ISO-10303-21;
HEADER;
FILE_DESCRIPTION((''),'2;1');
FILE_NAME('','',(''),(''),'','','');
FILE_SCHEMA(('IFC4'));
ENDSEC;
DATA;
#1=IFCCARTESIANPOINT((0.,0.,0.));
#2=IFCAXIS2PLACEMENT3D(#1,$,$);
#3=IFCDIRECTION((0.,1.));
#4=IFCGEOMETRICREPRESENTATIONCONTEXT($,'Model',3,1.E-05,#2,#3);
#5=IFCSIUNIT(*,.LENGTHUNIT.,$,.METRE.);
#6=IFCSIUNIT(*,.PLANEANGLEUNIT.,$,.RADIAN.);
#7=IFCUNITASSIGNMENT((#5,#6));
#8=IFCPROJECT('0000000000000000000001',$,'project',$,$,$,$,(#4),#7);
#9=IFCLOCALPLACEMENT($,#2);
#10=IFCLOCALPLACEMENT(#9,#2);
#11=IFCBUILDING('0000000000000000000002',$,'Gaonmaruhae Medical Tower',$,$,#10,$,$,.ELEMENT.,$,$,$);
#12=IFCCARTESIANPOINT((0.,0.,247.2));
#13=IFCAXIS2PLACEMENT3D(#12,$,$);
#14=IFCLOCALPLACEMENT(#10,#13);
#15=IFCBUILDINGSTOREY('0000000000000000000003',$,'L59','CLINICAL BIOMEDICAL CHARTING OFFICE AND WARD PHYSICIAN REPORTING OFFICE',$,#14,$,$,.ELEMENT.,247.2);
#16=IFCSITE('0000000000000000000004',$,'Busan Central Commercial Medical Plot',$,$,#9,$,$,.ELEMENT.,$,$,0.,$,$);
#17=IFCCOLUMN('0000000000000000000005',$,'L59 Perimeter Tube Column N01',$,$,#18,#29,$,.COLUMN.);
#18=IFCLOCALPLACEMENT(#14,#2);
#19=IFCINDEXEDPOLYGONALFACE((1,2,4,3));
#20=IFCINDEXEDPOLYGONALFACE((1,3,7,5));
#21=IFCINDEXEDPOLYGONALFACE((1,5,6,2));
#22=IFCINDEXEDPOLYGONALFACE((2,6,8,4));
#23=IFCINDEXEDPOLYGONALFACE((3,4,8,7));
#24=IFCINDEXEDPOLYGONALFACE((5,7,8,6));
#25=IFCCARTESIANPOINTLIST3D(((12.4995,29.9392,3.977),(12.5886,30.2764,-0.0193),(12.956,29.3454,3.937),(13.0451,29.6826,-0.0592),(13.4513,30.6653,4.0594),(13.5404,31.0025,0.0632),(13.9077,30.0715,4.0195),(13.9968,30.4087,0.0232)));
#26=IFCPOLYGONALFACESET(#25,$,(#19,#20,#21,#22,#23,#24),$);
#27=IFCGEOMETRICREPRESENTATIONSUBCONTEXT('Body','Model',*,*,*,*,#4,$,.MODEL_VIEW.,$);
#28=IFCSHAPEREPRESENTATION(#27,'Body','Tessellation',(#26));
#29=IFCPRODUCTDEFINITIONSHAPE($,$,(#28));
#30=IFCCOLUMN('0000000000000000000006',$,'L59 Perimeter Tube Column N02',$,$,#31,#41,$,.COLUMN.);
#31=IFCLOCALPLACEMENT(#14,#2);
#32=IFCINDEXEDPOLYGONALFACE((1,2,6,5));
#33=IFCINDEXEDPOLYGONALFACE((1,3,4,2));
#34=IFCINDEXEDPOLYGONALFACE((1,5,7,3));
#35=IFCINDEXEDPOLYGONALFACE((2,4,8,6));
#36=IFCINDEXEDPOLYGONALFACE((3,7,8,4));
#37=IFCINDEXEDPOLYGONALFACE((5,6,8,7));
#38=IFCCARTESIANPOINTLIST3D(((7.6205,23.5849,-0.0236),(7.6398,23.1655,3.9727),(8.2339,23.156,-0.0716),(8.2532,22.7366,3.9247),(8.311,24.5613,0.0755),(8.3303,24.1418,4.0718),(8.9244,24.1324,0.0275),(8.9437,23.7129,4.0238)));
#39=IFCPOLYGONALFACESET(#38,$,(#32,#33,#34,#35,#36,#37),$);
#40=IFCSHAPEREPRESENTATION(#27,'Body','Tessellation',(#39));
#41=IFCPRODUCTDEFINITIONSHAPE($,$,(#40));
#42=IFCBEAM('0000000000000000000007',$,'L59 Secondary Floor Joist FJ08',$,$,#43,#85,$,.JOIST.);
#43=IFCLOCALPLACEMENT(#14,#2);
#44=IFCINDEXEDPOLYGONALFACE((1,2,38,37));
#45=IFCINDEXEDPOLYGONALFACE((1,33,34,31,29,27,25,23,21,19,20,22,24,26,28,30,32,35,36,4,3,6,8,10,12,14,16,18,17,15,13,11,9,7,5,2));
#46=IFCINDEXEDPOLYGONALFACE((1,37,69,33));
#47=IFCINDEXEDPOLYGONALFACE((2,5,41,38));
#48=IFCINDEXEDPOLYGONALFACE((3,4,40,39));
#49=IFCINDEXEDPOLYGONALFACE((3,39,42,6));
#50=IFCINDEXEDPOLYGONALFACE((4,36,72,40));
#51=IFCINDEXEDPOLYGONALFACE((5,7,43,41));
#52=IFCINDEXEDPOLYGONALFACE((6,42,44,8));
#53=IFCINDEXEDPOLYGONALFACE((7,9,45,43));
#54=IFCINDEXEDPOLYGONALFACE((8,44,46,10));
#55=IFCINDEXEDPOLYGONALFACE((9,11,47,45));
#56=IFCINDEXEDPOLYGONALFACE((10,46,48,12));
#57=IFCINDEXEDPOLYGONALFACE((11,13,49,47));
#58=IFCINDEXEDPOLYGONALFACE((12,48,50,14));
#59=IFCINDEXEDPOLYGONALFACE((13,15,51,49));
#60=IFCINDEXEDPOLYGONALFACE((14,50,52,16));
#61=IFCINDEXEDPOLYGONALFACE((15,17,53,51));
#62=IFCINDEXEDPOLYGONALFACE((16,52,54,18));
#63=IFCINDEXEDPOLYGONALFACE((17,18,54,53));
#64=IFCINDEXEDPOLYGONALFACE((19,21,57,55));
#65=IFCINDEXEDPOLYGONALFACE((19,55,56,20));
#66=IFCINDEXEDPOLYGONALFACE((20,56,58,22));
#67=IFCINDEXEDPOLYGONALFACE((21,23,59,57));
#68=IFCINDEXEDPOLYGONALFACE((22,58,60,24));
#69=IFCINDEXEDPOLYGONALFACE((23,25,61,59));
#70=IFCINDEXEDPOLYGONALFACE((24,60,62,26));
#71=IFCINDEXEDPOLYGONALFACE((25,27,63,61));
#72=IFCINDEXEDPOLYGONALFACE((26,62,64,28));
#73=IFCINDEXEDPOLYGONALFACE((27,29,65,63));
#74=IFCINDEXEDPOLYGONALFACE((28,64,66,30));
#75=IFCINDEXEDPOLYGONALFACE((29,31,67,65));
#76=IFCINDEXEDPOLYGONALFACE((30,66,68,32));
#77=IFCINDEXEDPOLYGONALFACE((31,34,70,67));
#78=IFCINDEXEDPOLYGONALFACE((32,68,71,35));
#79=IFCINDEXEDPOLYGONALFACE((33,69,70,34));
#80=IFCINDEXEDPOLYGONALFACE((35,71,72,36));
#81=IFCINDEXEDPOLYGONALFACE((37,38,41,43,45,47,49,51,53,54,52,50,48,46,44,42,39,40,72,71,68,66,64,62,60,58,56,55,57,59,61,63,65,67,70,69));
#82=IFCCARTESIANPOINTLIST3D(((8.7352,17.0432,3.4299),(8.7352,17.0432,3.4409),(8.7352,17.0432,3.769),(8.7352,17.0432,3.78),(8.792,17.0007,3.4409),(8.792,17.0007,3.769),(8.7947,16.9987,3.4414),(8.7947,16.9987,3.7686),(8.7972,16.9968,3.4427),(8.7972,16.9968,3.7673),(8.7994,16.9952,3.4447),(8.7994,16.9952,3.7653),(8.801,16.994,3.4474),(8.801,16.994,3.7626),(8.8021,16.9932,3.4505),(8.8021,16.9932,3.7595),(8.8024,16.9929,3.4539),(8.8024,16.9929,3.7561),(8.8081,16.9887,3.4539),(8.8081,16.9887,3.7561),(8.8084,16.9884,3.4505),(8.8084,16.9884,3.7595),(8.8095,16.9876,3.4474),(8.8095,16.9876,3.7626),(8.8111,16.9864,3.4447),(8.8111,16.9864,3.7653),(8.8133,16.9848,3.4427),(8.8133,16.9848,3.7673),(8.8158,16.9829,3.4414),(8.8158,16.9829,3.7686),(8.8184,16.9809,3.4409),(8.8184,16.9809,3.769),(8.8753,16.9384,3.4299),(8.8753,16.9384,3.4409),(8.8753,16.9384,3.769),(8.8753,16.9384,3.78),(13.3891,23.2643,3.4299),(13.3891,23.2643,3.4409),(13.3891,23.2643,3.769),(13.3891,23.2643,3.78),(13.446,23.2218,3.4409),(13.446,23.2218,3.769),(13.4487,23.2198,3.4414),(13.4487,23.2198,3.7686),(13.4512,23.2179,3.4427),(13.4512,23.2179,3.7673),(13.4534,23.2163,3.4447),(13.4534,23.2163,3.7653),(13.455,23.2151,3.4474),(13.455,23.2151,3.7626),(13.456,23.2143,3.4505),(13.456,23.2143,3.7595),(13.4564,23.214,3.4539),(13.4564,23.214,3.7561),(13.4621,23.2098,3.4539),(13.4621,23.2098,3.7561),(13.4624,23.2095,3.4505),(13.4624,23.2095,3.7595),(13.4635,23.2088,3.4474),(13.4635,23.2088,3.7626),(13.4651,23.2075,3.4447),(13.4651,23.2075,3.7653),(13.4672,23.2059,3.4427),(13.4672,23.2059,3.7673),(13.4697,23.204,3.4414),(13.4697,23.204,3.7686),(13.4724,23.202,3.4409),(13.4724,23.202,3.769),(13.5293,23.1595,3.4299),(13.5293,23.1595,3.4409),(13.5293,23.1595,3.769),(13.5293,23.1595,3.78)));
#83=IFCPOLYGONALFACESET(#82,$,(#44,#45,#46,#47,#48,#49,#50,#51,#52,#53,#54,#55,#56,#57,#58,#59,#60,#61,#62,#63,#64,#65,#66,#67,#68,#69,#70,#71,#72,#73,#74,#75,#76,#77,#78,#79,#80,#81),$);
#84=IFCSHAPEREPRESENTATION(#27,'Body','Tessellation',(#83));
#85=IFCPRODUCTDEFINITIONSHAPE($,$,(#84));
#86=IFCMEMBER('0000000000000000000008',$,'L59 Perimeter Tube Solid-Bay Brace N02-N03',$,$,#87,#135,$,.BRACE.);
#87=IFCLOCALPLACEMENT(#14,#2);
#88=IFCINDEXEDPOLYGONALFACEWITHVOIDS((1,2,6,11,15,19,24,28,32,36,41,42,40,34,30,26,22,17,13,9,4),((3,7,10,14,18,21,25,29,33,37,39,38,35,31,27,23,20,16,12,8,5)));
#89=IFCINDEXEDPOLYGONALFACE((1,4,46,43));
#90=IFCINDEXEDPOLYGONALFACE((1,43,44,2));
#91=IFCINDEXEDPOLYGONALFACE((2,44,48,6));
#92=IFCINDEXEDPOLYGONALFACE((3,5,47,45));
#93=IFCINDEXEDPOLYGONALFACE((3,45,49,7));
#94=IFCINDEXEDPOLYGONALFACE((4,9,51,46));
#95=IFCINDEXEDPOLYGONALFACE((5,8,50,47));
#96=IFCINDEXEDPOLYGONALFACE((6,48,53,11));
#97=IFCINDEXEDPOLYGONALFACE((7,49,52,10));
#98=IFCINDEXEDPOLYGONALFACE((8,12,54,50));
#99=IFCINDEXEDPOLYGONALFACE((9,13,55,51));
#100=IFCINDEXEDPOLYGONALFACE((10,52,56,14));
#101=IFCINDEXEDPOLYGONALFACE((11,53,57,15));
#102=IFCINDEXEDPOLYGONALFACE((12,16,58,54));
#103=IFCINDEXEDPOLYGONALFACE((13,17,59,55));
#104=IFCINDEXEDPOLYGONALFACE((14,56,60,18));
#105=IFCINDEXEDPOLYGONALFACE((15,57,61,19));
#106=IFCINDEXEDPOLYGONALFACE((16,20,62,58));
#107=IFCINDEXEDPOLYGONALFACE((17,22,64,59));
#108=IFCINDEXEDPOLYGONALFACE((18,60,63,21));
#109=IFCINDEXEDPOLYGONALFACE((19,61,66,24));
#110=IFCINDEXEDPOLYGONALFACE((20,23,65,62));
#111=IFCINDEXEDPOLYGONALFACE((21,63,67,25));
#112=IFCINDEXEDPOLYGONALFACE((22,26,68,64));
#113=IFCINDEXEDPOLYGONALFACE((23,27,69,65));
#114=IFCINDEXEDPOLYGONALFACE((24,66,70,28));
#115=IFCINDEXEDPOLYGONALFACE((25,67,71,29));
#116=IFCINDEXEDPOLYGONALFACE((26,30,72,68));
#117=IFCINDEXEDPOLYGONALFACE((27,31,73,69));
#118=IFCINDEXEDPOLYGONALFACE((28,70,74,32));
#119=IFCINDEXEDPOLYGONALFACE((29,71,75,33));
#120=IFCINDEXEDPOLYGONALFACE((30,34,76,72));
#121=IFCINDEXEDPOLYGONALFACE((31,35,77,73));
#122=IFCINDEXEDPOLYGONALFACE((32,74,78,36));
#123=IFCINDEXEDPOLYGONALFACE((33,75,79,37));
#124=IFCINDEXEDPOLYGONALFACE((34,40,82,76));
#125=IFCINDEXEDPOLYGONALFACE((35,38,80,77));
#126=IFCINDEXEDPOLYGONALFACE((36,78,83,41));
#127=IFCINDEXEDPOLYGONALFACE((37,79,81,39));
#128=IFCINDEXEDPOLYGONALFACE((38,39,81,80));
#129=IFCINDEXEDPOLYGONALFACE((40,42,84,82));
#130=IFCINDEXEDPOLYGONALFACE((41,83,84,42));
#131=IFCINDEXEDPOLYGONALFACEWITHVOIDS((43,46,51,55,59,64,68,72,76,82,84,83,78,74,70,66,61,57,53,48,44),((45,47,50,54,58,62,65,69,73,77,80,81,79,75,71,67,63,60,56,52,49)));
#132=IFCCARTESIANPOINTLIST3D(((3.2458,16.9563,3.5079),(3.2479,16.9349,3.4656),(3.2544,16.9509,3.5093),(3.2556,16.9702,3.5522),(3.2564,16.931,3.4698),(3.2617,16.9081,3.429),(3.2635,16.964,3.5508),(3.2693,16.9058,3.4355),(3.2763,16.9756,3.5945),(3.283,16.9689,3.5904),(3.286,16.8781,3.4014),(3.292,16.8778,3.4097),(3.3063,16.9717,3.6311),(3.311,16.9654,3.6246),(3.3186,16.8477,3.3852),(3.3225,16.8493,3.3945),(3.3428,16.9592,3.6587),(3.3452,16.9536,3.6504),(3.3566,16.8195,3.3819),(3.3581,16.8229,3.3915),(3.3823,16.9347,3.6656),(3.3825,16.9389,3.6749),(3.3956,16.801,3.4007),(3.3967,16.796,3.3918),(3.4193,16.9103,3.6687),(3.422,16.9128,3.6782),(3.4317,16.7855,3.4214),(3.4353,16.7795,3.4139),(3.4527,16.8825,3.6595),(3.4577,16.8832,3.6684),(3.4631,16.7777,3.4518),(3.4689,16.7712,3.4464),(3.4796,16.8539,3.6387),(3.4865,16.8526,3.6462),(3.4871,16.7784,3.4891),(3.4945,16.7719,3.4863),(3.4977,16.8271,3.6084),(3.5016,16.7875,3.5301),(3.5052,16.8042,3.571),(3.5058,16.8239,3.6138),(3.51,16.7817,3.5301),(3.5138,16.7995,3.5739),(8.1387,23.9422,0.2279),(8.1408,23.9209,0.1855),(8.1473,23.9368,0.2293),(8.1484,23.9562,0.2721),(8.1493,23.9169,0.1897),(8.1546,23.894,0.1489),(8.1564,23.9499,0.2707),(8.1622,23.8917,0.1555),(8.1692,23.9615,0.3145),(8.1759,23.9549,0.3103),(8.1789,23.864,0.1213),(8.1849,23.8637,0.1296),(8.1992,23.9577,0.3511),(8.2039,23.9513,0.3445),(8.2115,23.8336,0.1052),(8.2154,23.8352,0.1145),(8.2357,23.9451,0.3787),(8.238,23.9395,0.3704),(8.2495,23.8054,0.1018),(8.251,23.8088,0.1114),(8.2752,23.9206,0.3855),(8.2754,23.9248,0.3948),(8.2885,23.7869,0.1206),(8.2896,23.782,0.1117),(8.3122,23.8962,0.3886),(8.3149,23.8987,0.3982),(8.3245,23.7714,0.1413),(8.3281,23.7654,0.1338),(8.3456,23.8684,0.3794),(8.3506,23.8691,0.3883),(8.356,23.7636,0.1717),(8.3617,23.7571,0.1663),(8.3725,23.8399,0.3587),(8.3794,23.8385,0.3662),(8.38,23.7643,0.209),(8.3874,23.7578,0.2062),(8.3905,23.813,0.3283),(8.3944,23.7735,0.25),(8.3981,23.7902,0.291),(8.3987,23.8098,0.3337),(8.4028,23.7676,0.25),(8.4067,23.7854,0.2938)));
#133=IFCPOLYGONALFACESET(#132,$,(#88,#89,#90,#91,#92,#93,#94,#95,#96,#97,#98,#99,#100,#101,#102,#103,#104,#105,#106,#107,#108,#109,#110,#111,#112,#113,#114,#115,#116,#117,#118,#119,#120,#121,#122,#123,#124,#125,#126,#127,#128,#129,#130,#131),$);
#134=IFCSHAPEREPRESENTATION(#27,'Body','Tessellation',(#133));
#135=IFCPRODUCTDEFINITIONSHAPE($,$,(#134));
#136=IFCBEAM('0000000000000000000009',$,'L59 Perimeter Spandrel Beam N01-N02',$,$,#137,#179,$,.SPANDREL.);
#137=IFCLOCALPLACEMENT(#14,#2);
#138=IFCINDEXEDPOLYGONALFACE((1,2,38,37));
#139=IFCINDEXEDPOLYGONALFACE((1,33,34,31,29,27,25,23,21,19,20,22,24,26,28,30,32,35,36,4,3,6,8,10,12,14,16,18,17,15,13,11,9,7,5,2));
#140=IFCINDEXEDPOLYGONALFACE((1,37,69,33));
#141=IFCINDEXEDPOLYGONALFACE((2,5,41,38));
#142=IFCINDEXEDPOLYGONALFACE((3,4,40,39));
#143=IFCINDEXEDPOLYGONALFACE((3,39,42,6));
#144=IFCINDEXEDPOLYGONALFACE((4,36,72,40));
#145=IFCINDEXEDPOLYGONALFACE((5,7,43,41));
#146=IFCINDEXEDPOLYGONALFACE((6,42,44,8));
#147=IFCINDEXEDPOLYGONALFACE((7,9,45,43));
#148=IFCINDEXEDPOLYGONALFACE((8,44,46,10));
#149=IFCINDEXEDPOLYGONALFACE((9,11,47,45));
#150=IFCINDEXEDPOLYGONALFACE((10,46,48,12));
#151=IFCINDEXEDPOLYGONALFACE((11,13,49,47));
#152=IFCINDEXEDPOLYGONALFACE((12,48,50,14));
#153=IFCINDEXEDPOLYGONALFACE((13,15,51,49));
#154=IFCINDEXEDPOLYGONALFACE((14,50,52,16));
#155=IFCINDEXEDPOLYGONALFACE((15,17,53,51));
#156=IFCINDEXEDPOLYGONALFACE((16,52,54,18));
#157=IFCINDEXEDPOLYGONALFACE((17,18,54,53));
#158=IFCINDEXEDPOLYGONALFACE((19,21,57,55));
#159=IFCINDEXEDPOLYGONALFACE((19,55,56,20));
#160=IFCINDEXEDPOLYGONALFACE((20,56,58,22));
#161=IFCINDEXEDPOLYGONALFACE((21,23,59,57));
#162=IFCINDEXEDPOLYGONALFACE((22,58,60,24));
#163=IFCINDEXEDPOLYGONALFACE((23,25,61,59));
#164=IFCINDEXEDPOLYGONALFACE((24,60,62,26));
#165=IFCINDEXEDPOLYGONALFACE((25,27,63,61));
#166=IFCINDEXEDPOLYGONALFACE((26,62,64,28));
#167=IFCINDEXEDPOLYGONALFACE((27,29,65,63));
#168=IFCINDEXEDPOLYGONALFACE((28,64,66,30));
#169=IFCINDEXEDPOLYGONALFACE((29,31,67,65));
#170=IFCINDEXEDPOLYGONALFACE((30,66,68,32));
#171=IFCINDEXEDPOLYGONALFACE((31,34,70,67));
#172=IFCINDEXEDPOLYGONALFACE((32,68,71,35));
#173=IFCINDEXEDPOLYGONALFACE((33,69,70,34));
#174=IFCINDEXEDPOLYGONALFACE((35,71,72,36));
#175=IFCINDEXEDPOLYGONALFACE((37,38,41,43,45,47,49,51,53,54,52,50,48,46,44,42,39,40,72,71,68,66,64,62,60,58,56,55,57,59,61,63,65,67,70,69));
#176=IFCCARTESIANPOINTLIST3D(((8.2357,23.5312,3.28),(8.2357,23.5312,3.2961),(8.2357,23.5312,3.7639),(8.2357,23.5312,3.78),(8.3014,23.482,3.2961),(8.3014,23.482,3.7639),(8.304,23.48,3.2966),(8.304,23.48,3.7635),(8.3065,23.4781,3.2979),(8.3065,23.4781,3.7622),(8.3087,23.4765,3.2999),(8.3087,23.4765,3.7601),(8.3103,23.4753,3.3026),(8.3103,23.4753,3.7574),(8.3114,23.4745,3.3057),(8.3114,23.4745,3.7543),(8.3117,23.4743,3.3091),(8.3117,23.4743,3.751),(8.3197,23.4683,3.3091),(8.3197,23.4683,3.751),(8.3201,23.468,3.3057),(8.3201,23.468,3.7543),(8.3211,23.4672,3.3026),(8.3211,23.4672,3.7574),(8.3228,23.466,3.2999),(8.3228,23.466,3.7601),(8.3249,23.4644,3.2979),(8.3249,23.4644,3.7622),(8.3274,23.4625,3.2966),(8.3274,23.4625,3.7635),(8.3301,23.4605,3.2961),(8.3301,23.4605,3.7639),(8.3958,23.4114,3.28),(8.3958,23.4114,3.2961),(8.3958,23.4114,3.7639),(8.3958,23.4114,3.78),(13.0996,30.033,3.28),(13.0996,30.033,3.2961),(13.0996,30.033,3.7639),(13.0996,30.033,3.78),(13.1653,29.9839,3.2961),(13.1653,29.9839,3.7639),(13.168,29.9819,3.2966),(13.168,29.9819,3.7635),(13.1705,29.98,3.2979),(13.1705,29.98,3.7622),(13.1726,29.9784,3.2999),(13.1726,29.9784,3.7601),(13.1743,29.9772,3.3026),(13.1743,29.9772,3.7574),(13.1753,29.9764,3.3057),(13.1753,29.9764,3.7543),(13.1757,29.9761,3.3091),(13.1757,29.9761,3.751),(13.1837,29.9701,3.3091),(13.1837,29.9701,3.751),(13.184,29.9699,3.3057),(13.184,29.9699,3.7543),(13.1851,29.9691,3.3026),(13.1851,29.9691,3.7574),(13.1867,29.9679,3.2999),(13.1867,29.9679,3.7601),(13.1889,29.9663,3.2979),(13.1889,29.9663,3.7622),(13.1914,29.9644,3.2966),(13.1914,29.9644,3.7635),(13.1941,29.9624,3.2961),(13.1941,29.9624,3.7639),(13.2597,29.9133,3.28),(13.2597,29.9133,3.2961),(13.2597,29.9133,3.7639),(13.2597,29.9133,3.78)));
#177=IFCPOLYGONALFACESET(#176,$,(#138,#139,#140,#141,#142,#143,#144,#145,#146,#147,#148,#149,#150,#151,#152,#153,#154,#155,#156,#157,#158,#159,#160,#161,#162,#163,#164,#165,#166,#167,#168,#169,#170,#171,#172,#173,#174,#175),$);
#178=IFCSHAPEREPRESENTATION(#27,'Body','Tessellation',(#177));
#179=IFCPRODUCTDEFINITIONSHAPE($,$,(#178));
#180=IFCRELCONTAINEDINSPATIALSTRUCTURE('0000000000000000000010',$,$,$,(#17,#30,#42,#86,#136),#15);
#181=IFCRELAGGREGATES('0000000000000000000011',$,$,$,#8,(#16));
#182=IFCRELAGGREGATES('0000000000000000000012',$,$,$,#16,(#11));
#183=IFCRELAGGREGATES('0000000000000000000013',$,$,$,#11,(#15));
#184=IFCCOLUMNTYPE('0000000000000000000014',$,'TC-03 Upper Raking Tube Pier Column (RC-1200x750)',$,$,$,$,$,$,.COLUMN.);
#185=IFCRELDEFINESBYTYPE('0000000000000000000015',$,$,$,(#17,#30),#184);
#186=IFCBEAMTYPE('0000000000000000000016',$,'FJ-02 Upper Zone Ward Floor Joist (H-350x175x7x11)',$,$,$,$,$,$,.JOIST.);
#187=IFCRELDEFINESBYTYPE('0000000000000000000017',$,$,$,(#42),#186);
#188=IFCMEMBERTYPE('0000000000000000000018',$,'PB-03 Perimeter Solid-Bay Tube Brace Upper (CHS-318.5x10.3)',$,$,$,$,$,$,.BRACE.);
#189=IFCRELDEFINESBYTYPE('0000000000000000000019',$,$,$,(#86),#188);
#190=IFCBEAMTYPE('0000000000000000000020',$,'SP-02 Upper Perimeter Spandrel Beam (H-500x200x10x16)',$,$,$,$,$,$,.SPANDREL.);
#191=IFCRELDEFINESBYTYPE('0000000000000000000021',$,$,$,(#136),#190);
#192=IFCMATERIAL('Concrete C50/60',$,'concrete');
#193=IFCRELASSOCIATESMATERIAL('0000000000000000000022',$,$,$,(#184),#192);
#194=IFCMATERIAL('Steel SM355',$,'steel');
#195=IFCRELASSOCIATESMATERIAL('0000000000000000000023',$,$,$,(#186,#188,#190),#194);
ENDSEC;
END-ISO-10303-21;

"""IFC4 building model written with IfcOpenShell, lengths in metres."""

from ifc_helpers import new_model, si_unit, direction, frame, origin, origin_2d, place, context, subcontext, project, spatial, rectangle, hollow_circle, i_section, extrude, material, material_profile, profile_set, type_object, element, save


model = new_model("IFC4")

# Units and contexts
model_context = context("Model", 3, precision=1e-05, world=origin(), true_north=direction((0.0, 1.0)))
body_context = subcontext(model_context, "Body", "Model", "MODEL_VIEW")
ifc_project = project(units=[si_unit("LENGTHUNIT", "METRE"), si_unit("PLANEANGLEUNIT", "RADIAN")], contexts=[model_context])

# Site, building, storey
site_placement = place(None, origin())
site = spatial("IfcSite", under=ifc_project, at=site_placement, Name="Busan Central Commercial Medical Plot", CompositionType="ELEMENT", RefElevation=0.0)
building_placement = place(site_placement, origin())
building = spatial("IfcBuilding", under=site, at=building_placement, Name="Gaonmaruhae Medical Tower", CompositionType="ELEMENT")
storey_placement = place(building_placement, frame((0.0, 0.0, 247.2)))
storey = spatial("IfcBuildingStorey", under=building, at=storey_placement, Name="L59", Description="CLINICAL BIOMEDICAL CHARTING OFFICE AND WARD PHYSICIAN REPORTING OFFICE", CompositionType="ELEMENT", Elevation=247.2)

# Columns
ifc_material_1 = material(Name="Concrete C50/60", Category="concrete")
ifc_material_profile_1 = material_profile(ifc_material_1, rectangle(XDim=1.2, YDim=0.75, at=origin_2d()), Name="RC-1200x750")
ifc_profile_set_1 = profile_set([ifc_material_profile_1], Name="Concrete C50/60")
column_type = type_object("IfcColumnType", Name="TC-03 Upper Raking Tube Pier Column (RC-1200x750)", PredefinedType="COLUMN", material=ifc_profile_set_1)
column_1_placement = place(storey_placement, frame((13.2927, 30.3425, 0.002), z_axis=(-0.022214, -0.084047, 0.996214), x_axis=(0.79317, 0.605108, 0.068737)))
element("IfcColumn", 1, at=column_1_placement, inside=storey, type_object=column_type, Name="L59 Perimeter Tube Column N01", PredefinedType="COLUMN", context=body_context, shape_type="SweptSolid", body=[
    extrude(rectangle(XDim=1.2, YDim=0.75, at=origin_2d()), origin(), (0.0, 0.0, 1.0), 4.0115),
])
column_2_placement = place(storey_placement, frame((8.2725, 23.8586, 0.002), z_axis=(0.0048, -0.10438, 0.994526), x_axis=(0.575449, 0.813654, 0.082619)))
element("IfcColumn", 2, at=column_2_placement, inside=storey, type_object=column_type, Name="L59 Perimeter Tube Column N02", PredefinedType="COLUMN", context=body_context, shape_type="SweptSolid", body=[
    extrude(rectangle(XDim=1.2, YDim=0.75, at=origin_2d()), origin(), (0.0, 0.0, 1.0), 4.0183),
])

# Beam
ifc_material_2 = material(Name="Steel SM355", Category="steel")
ifc_material_profile_2 = material_profile(ifc_material_2, i_section(OverallWidth=0.175, OverallDepth=0.3501, WebThickness=0.0071, FlangeThickness=0.011, FilletRadius=0.0129, at=origin_2d()), Name="H-350x175x7x11")
ifc_profile_set_2 = profile_set([ifc_material_profile_2], Name="Steel SM355")
beam_type_1 = type_object("IfcBeamType", Name="FJ-02 Upper Zone Ward Floor Joist (H-350x175x7x11)", PredefinedType="JOIST", material=ifc_profile_set_2)
beam_placement = place(storey_placement, frame((13.4592, 23.2119, 3.605), z_axis=(-0.599024, -0.800731, 0.0), x_axis=(0.800731, -0.599024, 0.0)))
element("IfcBeam", 3, at=beam_placement, inside=storey, type_object=beam_type_1, Name="L59 Secondary Floor Joist FJ08", PredefinedType="JOIST", context=body_context, shape_type="SweptSolid", body=[
    extrude(i_section(OverallWidth=0.175, OverallDepth=0.3501, WebThickness=0.0071, FlangeThickness=0.011, FilletRadius=0.0129, at=origin_2d()), origin(), (0.0, 0.0, 1.0), 7.7693),
])

# Member
ifc_material_profile_3 = material_profile(ifc_material_2, hollow_circle(Radius=0.1592, WallThickness=0.0103, at=origin_2d()), Name="CHS-318.5x10.3")
ifc_profile_set_3 = profile_set([ifc_material_profile_3], Name="Steel SM355")
member_type = type_object("IfcMemberType", Name="PB-03 Perimeter Solid-Bay Tube Brace Upper (CHS-318.5x10.3)", PredefinedType="BRACE", material=ifc_profile_set_3)
member_placement = place(storey_placement, frame((8.2725, 23.8589, 0.25), z_axis=(-0.535446, -0.764495, 0.35895), x_axis=(0.819081, -0.573677, 0.0)))
element("IfcMember", 4, at=member_placement, inside=storey, type_object=member_type, Name="L59 Perimeter Tube Solid-Bay Brace N02-N03", PredefinedType="BRACE", context=body_context, shape_type="SweptSolid", body=[
    extrude(hollow_circle(Radius=0.1592, WallThickness=0.0103, at=origin_2d()), origin(), (0.0, 0.0, 1.0), 9.1379),
])

# Beam
ifc_material_profile_4 = material_profile(ifc_material_2, i_section(OverallWidth=0.2, OverallDepth=0.5, WebThickness=0.01, FlangeThickness=0.0161, FilletRadius=0.0129, at=origin_2d()), Name="H-500x200x10x16")
ifc_profile_set_4 = profile_set([ifc_material_profile_4], Name="Steel SM355")
beam_type_2 = type_object("IfcBeamType", Name="SP-02 Upper Perimeter Spandrel Beam (H-500x200x10x16)", PredefinedType="SPANDREL", material=ifc_profile_set_4)
for number, where, z_axis, x_axis, name in (
    (5, (13.1797, 29.9731, 3.53), (-0.599018, -0.800735, 0.0), (0.800735, -0.599018, 0.0), "L59 Perimeter Spandrel Beam N01-N02"),
):
    element("IfcBeam", number, at=place(storey_placement, frame(where, z_axis=z_axis, x_axis=x_axis)), inside=storey, type_object=beam_type_2, Name=name, PredefinedType="SPANDREL", context=body_context, shape_type="SweptSolid", body=[
        extrude(i_section(OverallWidth=0.2, OverallDepth=0.5, WebThickness=0.01, FlangeThickness=0.0161, FilletRadius=0.0129, at=origin_2d()), origin(), (0.0, 0.0, 1.0), 8.1199),
    ])

save(model, "model.ifc")
